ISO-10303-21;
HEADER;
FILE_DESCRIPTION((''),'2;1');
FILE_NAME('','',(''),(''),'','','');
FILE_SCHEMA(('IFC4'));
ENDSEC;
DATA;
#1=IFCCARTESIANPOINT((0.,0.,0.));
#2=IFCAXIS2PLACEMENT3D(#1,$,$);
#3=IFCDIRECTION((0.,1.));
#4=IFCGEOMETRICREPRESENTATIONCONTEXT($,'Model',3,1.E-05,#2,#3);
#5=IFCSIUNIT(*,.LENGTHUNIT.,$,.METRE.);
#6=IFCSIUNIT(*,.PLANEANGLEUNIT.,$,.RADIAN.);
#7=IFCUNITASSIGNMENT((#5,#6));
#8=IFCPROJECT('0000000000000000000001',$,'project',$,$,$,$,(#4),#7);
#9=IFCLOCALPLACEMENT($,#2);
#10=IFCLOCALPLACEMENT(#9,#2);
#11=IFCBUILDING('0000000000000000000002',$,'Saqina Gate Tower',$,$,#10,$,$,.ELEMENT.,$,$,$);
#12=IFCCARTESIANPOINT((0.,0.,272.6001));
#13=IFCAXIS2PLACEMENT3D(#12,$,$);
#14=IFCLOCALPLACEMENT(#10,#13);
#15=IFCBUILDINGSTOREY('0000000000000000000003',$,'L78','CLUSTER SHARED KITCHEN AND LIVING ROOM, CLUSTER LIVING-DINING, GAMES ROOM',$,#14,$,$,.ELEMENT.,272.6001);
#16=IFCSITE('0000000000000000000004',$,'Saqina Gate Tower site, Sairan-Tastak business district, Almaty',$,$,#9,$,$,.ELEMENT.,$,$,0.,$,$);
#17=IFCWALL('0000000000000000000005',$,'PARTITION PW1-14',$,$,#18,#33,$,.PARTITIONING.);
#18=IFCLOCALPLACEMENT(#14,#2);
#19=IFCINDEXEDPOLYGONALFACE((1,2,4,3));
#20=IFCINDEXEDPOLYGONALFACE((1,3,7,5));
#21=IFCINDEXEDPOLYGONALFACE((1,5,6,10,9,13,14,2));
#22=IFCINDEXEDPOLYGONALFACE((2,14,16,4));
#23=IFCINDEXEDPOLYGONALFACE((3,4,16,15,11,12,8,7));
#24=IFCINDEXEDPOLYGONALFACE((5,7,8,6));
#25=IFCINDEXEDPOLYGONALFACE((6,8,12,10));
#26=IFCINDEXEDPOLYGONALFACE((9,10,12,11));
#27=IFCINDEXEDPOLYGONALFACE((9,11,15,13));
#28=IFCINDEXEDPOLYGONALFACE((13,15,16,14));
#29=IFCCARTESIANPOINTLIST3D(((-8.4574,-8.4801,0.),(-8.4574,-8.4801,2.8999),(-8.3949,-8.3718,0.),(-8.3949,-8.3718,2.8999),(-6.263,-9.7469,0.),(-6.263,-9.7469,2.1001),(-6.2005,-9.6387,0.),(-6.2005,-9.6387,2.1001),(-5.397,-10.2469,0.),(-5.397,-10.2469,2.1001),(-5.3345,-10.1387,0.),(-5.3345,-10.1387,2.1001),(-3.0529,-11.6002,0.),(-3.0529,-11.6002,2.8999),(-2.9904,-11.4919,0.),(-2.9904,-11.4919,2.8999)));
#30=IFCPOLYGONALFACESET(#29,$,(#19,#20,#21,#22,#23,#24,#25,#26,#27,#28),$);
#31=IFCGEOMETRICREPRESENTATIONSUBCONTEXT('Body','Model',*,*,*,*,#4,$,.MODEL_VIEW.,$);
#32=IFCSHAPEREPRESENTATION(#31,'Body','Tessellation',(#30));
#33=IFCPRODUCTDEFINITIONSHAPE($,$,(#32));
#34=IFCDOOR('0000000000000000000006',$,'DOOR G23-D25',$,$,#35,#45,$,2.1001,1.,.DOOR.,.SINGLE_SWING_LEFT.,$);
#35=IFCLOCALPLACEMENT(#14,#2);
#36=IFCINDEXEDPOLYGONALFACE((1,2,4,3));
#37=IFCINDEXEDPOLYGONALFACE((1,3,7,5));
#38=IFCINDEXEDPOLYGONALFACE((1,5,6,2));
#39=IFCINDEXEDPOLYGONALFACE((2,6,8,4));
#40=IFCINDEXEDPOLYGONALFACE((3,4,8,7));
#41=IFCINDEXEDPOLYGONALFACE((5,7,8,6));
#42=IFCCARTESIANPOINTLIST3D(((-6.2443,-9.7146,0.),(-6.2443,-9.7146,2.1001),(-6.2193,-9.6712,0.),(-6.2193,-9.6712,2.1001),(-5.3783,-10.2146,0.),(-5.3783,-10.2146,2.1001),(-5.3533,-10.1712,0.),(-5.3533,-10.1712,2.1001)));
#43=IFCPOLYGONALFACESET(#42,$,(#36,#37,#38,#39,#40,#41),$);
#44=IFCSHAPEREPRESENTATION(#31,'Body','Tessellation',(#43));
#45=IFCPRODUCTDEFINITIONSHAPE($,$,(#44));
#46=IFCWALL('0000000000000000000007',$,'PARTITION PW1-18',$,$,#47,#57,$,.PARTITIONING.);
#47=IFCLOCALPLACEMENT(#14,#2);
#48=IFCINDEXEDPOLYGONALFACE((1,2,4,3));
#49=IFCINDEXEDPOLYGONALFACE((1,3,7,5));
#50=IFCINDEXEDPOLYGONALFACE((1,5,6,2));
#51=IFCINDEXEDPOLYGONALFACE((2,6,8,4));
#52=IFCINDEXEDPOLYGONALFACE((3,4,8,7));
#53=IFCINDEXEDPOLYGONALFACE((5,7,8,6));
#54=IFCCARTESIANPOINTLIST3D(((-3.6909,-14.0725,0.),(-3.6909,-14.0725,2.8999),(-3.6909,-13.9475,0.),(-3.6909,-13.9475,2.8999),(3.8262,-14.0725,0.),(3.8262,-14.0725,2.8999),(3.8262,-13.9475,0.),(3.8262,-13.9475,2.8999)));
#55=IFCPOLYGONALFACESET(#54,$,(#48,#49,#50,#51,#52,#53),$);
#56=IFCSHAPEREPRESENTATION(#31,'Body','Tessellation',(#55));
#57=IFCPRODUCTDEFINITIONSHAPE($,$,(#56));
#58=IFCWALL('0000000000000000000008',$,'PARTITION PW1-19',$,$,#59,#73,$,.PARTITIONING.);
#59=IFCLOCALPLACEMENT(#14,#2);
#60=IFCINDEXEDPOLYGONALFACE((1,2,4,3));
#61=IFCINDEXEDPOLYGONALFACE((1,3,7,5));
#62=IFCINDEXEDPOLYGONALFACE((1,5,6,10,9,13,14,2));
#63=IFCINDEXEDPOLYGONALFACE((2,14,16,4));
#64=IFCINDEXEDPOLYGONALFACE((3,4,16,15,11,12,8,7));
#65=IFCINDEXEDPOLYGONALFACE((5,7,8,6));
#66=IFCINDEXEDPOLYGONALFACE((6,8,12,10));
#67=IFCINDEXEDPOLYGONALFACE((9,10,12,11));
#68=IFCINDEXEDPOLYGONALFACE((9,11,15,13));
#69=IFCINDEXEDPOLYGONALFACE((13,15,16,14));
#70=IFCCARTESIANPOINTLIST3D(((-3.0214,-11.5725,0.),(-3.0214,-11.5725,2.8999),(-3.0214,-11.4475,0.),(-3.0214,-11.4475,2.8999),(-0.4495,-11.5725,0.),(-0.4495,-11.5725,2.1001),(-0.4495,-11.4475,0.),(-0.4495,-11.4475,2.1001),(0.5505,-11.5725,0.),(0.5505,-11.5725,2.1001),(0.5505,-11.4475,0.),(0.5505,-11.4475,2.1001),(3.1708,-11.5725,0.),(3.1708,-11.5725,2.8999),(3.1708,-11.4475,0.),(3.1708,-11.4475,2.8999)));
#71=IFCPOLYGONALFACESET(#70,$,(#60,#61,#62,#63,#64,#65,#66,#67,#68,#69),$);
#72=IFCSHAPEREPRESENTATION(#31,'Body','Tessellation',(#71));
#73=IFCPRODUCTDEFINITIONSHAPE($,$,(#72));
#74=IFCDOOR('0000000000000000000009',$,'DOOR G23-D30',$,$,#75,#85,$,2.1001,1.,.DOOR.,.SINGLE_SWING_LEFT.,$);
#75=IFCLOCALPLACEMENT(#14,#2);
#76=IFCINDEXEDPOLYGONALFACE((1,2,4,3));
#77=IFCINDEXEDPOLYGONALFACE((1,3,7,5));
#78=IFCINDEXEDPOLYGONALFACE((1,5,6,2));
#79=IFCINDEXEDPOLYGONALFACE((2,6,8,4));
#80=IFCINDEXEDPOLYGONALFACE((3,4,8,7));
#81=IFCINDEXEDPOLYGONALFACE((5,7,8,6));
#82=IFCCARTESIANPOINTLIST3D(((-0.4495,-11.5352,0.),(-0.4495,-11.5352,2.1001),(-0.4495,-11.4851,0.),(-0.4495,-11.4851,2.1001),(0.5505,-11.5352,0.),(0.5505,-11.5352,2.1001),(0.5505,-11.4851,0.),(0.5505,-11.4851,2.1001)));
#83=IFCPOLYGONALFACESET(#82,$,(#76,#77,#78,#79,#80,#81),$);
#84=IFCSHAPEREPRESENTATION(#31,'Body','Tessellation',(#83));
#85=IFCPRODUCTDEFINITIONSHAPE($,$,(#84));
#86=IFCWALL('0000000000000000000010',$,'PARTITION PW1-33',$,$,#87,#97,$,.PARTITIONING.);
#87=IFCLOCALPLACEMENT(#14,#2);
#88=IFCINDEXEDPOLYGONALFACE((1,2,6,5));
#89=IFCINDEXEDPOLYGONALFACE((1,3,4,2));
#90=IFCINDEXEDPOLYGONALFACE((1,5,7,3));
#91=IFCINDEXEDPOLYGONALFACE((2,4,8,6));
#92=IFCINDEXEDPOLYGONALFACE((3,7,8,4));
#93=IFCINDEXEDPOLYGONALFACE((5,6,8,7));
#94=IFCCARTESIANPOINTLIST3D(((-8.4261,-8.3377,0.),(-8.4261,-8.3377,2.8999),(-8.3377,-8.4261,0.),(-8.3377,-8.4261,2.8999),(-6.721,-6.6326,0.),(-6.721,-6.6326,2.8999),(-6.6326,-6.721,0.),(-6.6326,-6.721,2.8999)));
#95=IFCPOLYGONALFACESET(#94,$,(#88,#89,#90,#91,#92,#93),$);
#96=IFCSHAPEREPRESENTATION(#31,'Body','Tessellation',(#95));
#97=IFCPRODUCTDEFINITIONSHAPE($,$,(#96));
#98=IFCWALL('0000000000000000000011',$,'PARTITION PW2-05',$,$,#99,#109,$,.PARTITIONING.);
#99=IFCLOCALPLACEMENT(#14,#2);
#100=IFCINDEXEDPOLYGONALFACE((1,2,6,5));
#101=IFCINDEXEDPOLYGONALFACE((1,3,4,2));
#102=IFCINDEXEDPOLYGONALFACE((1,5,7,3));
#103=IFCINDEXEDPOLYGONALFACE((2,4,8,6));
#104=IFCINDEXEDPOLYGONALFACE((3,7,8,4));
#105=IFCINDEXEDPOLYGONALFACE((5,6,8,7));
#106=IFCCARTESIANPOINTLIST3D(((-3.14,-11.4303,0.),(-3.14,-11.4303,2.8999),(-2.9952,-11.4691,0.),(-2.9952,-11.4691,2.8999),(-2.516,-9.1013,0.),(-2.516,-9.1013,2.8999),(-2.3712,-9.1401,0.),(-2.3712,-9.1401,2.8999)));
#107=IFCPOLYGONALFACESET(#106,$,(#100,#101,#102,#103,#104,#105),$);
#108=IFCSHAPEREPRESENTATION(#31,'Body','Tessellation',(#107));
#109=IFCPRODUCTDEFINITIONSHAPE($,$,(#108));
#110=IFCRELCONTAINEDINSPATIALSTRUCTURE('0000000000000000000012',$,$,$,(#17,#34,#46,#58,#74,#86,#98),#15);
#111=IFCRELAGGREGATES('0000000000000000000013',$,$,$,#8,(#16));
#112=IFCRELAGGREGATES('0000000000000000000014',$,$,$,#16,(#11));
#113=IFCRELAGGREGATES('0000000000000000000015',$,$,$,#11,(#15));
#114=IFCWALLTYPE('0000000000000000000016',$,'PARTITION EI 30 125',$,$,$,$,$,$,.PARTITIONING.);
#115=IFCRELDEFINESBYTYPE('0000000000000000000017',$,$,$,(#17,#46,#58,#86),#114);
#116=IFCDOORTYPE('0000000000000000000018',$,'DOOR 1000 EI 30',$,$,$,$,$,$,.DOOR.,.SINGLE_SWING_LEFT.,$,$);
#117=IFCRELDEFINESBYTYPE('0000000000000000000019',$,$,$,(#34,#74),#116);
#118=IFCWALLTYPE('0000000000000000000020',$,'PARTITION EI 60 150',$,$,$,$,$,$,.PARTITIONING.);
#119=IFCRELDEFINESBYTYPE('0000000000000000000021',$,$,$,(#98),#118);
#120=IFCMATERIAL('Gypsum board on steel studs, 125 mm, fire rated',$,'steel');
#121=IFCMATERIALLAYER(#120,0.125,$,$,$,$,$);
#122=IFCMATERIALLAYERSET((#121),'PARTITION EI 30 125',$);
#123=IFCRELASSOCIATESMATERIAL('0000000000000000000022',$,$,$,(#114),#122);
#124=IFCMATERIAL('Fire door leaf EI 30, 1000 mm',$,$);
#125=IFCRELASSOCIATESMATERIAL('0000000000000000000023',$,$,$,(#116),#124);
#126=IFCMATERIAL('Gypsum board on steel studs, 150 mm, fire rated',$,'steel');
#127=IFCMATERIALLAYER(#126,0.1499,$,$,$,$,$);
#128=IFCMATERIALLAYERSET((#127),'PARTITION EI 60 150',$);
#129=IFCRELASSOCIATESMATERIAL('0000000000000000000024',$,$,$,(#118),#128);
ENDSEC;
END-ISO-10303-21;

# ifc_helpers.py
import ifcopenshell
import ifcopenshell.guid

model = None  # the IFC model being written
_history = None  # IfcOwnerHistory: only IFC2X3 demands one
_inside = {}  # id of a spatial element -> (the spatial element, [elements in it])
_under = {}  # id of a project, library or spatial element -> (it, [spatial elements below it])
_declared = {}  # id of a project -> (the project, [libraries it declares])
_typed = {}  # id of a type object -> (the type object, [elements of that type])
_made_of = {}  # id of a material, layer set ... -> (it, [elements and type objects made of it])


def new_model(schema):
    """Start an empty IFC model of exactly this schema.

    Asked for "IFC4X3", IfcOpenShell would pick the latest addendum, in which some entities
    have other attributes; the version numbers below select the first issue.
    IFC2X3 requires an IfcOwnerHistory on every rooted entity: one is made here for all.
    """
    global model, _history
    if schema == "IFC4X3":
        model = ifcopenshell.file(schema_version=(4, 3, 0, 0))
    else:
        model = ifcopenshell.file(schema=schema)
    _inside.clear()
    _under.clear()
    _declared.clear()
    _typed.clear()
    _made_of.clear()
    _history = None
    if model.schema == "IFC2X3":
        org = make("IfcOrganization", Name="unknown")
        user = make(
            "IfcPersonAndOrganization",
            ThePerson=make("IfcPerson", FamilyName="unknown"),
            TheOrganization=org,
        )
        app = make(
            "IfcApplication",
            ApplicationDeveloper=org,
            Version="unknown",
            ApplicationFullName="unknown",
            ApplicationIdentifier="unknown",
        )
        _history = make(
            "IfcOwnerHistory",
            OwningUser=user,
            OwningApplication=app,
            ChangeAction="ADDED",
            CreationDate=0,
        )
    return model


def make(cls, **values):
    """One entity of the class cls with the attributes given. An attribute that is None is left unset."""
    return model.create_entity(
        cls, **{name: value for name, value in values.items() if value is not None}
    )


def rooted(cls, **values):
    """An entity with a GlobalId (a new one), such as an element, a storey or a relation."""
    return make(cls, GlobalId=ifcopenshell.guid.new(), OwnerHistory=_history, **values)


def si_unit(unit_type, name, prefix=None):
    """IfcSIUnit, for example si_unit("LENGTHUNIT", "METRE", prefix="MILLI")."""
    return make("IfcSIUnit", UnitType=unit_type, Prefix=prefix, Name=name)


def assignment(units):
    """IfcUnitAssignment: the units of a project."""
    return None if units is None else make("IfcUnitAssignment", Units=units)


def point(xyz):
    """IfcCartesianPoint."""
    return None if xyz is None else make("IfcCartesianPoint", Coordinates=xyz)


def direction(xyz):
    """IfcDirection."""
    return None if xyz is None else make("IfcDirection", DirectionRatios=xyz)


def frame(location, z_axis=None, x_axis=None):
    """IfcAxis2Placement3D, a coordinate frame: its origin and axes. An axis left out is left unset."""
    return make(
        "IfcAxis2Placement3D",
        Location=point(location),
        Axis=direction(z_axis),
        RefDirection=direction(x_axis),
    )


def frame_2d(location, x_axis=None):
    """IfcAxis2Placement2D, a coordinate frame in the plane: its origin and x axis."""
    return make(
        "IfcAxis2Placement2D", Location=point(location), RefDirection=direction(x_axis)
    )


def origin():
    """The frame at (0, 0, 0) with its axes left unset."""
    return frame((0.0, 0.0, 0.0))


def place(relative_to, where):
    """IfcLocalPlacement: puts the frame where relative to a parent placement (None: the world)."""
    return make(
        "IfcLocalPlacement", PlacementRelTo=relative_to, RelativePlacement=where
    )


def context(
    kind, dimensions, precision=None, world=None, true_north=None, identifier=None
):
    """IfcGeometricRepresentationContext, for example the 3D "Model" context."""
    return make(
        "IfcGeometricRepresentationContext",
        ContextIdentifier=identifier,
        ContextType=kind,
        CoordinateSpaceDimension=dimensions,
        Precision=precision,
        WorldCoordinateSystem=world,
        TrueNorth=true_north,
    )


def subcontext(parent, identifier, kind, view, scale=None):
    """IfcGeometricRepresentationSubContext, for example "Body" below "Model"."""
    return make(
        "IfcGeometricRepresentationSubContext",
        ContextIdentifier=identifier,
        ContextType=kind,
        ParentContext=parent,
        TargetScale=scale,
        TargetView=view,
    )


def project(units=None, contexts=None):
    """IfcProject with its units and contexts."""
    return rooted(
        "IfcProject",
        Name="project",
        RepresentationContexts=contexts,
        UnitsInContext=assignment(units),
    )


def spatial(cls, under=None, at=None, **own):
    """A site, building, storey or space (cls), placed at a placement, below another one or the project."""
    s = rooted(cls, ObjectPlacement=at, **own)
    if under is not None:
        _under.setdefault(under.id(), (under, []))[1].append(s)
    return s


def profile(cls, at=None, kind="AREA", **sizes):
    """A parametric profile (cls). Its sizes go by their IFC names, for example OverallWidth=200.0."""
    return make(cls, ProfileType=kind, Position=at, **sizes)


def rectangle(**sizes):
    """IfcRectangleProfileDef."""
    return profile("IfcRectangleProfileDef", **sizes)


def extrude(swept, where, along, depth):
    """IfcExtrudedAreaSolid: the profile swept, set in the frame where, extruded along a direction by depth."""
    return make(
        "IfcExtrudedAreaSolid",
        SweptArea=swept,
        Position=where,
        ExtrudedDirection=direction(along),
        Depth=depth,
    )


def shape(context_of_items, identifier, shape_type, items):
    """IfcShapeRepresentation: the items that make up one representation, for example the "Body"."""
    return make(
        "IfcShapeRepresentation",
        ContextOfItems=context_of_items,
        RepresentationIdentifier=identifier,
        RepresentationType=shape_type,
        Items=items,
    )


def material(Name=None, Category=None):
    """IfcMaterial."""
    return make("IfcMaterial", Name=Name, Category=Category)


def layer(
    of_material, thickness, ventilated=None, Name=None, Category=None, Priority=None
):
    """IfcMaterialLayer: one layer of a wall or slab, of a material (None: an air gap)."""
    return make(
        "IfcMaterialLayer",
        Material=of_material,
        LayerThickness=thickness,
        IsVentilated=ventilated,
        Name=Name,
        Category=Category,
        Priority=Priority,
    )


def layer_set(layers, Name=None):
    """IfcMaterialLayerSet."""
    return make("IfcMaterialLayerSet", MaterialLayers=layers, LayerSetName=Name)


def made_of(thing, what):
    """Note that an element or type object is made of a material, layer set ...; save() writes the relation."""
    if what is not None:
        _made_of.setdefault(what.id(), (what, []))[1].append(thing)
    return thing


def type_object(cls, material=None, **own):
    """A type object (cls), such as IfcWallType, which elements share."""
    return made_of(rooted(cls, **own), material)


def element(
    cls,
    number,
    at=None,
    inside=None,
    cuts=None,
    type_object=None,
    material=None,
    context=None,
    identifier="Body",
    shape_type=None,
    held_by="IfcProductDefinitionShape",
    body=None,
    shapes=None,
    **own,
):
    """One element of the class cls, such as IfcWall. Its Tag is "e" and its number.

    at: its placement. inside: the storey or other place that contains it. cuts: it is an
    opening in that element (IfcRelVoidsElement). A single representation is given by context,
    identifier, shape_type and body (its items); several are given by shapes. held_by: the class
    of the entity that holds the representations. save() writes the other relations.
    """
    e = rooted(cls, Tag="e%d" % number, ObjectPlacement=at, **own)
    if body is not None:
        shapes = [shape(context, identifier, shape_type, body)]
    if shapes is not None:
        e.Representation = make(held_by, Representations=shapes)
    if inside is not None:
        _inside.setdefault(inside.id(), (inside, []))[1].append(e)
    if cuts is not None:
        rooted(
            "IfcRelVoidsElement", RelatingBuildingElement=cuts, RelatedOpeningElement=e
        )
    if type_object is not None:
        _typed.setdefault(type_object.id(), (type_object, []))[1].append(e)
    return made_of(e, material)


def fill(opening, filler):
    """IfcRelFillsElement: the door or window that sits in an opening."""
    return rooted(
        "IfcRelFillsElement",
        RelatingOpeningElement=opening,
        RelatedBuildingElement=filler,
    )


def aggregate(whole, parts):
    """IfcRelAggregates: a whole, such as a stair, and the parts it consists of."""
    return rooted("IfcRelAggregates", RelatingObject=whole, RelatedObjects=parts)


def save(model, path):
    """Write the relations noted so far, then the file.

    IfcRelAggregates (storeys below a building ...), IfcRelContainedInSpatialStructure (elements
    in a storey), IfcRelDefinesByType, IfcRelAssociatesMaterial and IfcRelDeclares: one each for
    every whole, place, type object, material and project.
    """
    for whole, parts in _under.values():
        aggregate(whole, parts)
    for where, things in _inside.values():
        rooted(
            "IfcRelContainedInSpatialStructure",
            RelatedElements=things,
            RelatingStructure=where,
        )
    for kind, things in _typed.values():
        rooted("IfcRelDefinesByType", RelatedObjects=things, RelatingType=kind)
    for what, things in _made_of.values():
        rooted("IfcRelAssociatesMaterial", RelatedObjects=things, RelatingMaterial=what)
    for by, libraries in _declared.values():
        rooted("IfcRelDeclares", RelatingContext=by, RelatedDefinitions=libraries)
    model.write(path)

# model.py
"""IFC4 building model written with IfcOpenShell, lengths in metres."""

from ifc_helpers import new_model, si_unit, direction, frame, frame_2d, origin, place, context, subcontext, project, spatial, rectangle, extrude, material, layer, layer_set, type_object, element, fill, save


model = new_model("IFC4")

# Units and contexts
model_context = context("Model", 3, precision=1e-05, world=origin(), true_north=direction((0.0, 1.0)))
body_context = subcontext(model_context, "Body", "Model", "MODEL_VIEW")
ifc_project = project(units=[si_unit("LENGTHUNIT", "METRE"), si_unit("PLANEANGLEUNIT", "RADIAN")], contexts=[model_context])

# Site, building, storey
site_placement = place(None, origin())
site = spatial("IfcSite", under=ifc_project, at=site_placement, Name="Saqina Gate Tower site, Sairan-Tastak business district, Almaty", CompositionType="ELEMENT", RefElevation=0.0)
building_placement = place(site_placement, origin())
building = spatial("IfcBuilding", under=site, at=building_placement, Name="Saqina Gate Tower", CompositionType="ELEMENT")
storey_placement = place(building_placement, frame((0.0, 0.0, 272.6001)))
storey = spatial("IfcBuildingStorey", under=building, at=storey_placement, Name="L78", Description="CLUSTER SHARED KITCHEN AND LIVING ROOM, CLUSTER LIVING-DINING, GAMES ROOM", CompositionType="ELEMENT", Elevation=272.6001)

# Shared definitions
ifc_material_1 = material(Name="Gypsum board on steel studs, 125 mm, fire rated", Category="steel")
ifc_layer_1 = layer(ifc_material_1, 0.125)
ifc_layer_set_1 = layer_set([ifc_layer_1], Name="PARTITION EI 30 125")
wall_type_1 = type_object("IfcWallType", Name="PARTITION EI 30 125", PredefinedType="PARTITIONING", material=ifc_layer_set_1)

# Wall, opening, door
ifc_material_2 = material(Name="Fire door leaf EI 30, 1000 mm")
door_type_1 = type_object("IfcDoorType", Name="DOOR 1000 EI 30", OperationType="SINGLE_SWING_LEFT", PredefinedType="DOOR", material=ifc_material_2)
wall_1_placement = place(storey_placement, frame((-8.426, -8.426, 0.0), z_axis=(0.0, 0.0, 1.0), x_axis=(0.866039, -0.499976, 0.0)))
wall_1 = element("IfcWall", 1, at=wall_1_placement, inside=storey, type_object=wall_type_1, Name="PARTITION PW1-14", PredefinedType="PARTITIONING", context=body_context, shape_type="SweptSolid", body=[
    extrude(rectangle(XDim=6.2405, YDim=0.125, at=frame_2d((3.1201, 0.0))), origin(), (0.0, 0.0, 1.0), 2.8999),
])
opening_1_placement = place(wall_1_placement, frame((2.5337, 0.0, 0.0)))
opening_1 = element("IfcOpeningElement", 2, at=opening_1_placement, cuts=wall_1, PredefinedType="OPENING", context=body_context, shape_type="SweptSolid", body=[
    extrude(rectangle(XDim=1.0, YDim=2.1001, at=frame_2d((0.5, 1.05))), frame((0.0, 0.0745, 0.0), z_axis=(0.0, -1.0, 0.0), x_axis=(1.0, 0.0, 0.0)), (0.0, 0.0, 1.0), 0.1489),
])
door_1_placement = place(opening_1_placement, origin())
door_1 = element("IfcDoor", 3, at=door_1_placement, inside=storey, type_object=door_type_1, Name="DOOR G23-D25", OperationType="SINGLE_SWING_LEFT", OverallHeight=2.1001, OverallWidth=1.0, PredefinedType="DOOR", context=body_context, shape_type="SweptSolid", body=[
    extrude(rectangle(XDim=1.0, YDim=2.1001, at=frame_2d((0.5, 1.05))), frame((0.0, 0.0249, 0.0), z_axis=(0.0, -1.0, 0.0), x_axis=(1.0, 0.0, 0.0)), (0.0, 0.0, 1.0), 0.05),
])
fill(opening_1, door_1)

# Wall
wall_2_placement = place(storey_placement, frame((-3.6909, -14.01, 0.0), z_axis=(0.0, 0.0, 1.0), x_axis=(1.0, 0.0, 0.0)))
element("IfcWall", 4, at=wall_2_placement, inside=storey, type_object=wall_type_1, Name="PARTITION PW1-18", PredefinedType="PARTITIONING", context=body_context, shape_type="SweptSolid", body=[
    extrude(rectangle(XDim=7.5171, YDim=0.125, at=frame_2d((3.7585, 0.0))), origin(), (0.0, 0.0, 1.0), 2.8999),
])

# Wall, opening, door
wall_3_placement = place(storey_placement, frame((-3.0215, -11.51, 0.0), z_axis=(0.0, 0.0, 1.0), x_axis=(1.0, 0.0, 0.0)))
wall_3 = element("IfcWall", 5, at=wall_3_placement, inside=storey, type_object=wall_type_1, Name="PARTITION PW1-19", PredefinedType="PARTITIONING", context=body_context, shape_type="SweptSolid", body=[
    extrude(rectangle(XDim=6.1921, YDim=0.125, at=frame_2d((3.0962, 0.0))), origin(), (0.0, 0.0, 1.0), 2.8999),
])
opening_2_placement = place(wall_3_placement, frame((2.572, 0.0, 0.0)))
opening_2 = element("IfcOpeningElement", 6, at=opening_2_placement, cuts=wall_3, PredefinedType="OPENING", context=body_context, shape_type="SweptSolid", body=[
    extrude(rectangle(XDim=1.0, YDim=2.1001, at=frame_2d((0.5, 1.05))), frame((0.0, 0.0745, 0.0), z_axis=(0.0, -1.0, 0.0), x_axis=(1.0, 0.0, 0.0)), (0.0, 0.0, 1.0), 0.1489),
])
door_2_placement = place(opening_2_placement, origin())
door_2 = element("IfcDoor", 7, at=door_2_placement, inside=storey, type_object=door_type_1, Name="DOOR G23-D30", OperationType="SINGLE_SWING_LEFT", OverallHeight=2.1001, OverallWidth=1.0, PredefinedType="DOOR", context=body_context, shape_type="SweptSolid", body=[
    extrude(rectangle(XDim=1.0, YDim=2.1001, at=frame_2d((0.5, 1.05))), frame((0.0, 0.0249, 0.0), z_axis=(0.0, -1.0, 0.0), x_axis=(1.0, 0.0, 0.0)), (0.0, 0.0, 1.0), 0.05),
])
fill(opening_2, door_2)

# Walls
wall_4_placement = place(storey_placement, frame((-8.3818, -8.3818, 0.0), z_axis=(0.0, 0.0, 1.0), x_axis=(0.707107, 0.707107, 0.0)))
element("IfcWall", 8, at=wall_4_placement, inside=storey, type_object=wall_type_1, Name="PARTITION PW1-33", PredefinedType="PARTITIONING", context=body_context, shape_type="SweptSolid", body=[
    extrude(rectangle(XDim=2.4114, YDim=0.125, at=frame_2d((1.2056, 0.0))), origin(), (0.0, 0.0, 1.0), 2.8999),
])
ifc_material_3 = material(Name="Gypsum board on steel studs, 150 mm, fire rated", Category="steel")
ifc_layer_2 = layer(ifc_material_3, 0.1499)
ifc_layer_set_2 = layer_set([ifc_layer_2], Name="PARTITION EI 60 150")
wall_type_2 = type_object("IfcWallType", Name="PARTITION EI 60 150", PredefinedType="PARTITIONING", material=ifc_layer_set_2)
wall_5_placement = place(storey_placement, frame((-3.0676, -11.4497, 0.0), z_axis=(0.0, 0.0, 1.0), x_axis=(0.258797, 0.965932, 0.0)))
element("IfcWall", 9, at=wall_5_placement, inside=storey, type_object=wall_type_2, Name="PARTITION PW2-05", PredefinedType="PARTITIONING", context=body_context, shape_type="SweptSolid", body=[
    extrude(rectangle(XDim=2.4111, YDim=0.1499, at=frame_2d((1.2056, 0.0))), origin(), (0.0, 0.0, 1.0), 2.8999),
])

save(model, "model.ifc")
